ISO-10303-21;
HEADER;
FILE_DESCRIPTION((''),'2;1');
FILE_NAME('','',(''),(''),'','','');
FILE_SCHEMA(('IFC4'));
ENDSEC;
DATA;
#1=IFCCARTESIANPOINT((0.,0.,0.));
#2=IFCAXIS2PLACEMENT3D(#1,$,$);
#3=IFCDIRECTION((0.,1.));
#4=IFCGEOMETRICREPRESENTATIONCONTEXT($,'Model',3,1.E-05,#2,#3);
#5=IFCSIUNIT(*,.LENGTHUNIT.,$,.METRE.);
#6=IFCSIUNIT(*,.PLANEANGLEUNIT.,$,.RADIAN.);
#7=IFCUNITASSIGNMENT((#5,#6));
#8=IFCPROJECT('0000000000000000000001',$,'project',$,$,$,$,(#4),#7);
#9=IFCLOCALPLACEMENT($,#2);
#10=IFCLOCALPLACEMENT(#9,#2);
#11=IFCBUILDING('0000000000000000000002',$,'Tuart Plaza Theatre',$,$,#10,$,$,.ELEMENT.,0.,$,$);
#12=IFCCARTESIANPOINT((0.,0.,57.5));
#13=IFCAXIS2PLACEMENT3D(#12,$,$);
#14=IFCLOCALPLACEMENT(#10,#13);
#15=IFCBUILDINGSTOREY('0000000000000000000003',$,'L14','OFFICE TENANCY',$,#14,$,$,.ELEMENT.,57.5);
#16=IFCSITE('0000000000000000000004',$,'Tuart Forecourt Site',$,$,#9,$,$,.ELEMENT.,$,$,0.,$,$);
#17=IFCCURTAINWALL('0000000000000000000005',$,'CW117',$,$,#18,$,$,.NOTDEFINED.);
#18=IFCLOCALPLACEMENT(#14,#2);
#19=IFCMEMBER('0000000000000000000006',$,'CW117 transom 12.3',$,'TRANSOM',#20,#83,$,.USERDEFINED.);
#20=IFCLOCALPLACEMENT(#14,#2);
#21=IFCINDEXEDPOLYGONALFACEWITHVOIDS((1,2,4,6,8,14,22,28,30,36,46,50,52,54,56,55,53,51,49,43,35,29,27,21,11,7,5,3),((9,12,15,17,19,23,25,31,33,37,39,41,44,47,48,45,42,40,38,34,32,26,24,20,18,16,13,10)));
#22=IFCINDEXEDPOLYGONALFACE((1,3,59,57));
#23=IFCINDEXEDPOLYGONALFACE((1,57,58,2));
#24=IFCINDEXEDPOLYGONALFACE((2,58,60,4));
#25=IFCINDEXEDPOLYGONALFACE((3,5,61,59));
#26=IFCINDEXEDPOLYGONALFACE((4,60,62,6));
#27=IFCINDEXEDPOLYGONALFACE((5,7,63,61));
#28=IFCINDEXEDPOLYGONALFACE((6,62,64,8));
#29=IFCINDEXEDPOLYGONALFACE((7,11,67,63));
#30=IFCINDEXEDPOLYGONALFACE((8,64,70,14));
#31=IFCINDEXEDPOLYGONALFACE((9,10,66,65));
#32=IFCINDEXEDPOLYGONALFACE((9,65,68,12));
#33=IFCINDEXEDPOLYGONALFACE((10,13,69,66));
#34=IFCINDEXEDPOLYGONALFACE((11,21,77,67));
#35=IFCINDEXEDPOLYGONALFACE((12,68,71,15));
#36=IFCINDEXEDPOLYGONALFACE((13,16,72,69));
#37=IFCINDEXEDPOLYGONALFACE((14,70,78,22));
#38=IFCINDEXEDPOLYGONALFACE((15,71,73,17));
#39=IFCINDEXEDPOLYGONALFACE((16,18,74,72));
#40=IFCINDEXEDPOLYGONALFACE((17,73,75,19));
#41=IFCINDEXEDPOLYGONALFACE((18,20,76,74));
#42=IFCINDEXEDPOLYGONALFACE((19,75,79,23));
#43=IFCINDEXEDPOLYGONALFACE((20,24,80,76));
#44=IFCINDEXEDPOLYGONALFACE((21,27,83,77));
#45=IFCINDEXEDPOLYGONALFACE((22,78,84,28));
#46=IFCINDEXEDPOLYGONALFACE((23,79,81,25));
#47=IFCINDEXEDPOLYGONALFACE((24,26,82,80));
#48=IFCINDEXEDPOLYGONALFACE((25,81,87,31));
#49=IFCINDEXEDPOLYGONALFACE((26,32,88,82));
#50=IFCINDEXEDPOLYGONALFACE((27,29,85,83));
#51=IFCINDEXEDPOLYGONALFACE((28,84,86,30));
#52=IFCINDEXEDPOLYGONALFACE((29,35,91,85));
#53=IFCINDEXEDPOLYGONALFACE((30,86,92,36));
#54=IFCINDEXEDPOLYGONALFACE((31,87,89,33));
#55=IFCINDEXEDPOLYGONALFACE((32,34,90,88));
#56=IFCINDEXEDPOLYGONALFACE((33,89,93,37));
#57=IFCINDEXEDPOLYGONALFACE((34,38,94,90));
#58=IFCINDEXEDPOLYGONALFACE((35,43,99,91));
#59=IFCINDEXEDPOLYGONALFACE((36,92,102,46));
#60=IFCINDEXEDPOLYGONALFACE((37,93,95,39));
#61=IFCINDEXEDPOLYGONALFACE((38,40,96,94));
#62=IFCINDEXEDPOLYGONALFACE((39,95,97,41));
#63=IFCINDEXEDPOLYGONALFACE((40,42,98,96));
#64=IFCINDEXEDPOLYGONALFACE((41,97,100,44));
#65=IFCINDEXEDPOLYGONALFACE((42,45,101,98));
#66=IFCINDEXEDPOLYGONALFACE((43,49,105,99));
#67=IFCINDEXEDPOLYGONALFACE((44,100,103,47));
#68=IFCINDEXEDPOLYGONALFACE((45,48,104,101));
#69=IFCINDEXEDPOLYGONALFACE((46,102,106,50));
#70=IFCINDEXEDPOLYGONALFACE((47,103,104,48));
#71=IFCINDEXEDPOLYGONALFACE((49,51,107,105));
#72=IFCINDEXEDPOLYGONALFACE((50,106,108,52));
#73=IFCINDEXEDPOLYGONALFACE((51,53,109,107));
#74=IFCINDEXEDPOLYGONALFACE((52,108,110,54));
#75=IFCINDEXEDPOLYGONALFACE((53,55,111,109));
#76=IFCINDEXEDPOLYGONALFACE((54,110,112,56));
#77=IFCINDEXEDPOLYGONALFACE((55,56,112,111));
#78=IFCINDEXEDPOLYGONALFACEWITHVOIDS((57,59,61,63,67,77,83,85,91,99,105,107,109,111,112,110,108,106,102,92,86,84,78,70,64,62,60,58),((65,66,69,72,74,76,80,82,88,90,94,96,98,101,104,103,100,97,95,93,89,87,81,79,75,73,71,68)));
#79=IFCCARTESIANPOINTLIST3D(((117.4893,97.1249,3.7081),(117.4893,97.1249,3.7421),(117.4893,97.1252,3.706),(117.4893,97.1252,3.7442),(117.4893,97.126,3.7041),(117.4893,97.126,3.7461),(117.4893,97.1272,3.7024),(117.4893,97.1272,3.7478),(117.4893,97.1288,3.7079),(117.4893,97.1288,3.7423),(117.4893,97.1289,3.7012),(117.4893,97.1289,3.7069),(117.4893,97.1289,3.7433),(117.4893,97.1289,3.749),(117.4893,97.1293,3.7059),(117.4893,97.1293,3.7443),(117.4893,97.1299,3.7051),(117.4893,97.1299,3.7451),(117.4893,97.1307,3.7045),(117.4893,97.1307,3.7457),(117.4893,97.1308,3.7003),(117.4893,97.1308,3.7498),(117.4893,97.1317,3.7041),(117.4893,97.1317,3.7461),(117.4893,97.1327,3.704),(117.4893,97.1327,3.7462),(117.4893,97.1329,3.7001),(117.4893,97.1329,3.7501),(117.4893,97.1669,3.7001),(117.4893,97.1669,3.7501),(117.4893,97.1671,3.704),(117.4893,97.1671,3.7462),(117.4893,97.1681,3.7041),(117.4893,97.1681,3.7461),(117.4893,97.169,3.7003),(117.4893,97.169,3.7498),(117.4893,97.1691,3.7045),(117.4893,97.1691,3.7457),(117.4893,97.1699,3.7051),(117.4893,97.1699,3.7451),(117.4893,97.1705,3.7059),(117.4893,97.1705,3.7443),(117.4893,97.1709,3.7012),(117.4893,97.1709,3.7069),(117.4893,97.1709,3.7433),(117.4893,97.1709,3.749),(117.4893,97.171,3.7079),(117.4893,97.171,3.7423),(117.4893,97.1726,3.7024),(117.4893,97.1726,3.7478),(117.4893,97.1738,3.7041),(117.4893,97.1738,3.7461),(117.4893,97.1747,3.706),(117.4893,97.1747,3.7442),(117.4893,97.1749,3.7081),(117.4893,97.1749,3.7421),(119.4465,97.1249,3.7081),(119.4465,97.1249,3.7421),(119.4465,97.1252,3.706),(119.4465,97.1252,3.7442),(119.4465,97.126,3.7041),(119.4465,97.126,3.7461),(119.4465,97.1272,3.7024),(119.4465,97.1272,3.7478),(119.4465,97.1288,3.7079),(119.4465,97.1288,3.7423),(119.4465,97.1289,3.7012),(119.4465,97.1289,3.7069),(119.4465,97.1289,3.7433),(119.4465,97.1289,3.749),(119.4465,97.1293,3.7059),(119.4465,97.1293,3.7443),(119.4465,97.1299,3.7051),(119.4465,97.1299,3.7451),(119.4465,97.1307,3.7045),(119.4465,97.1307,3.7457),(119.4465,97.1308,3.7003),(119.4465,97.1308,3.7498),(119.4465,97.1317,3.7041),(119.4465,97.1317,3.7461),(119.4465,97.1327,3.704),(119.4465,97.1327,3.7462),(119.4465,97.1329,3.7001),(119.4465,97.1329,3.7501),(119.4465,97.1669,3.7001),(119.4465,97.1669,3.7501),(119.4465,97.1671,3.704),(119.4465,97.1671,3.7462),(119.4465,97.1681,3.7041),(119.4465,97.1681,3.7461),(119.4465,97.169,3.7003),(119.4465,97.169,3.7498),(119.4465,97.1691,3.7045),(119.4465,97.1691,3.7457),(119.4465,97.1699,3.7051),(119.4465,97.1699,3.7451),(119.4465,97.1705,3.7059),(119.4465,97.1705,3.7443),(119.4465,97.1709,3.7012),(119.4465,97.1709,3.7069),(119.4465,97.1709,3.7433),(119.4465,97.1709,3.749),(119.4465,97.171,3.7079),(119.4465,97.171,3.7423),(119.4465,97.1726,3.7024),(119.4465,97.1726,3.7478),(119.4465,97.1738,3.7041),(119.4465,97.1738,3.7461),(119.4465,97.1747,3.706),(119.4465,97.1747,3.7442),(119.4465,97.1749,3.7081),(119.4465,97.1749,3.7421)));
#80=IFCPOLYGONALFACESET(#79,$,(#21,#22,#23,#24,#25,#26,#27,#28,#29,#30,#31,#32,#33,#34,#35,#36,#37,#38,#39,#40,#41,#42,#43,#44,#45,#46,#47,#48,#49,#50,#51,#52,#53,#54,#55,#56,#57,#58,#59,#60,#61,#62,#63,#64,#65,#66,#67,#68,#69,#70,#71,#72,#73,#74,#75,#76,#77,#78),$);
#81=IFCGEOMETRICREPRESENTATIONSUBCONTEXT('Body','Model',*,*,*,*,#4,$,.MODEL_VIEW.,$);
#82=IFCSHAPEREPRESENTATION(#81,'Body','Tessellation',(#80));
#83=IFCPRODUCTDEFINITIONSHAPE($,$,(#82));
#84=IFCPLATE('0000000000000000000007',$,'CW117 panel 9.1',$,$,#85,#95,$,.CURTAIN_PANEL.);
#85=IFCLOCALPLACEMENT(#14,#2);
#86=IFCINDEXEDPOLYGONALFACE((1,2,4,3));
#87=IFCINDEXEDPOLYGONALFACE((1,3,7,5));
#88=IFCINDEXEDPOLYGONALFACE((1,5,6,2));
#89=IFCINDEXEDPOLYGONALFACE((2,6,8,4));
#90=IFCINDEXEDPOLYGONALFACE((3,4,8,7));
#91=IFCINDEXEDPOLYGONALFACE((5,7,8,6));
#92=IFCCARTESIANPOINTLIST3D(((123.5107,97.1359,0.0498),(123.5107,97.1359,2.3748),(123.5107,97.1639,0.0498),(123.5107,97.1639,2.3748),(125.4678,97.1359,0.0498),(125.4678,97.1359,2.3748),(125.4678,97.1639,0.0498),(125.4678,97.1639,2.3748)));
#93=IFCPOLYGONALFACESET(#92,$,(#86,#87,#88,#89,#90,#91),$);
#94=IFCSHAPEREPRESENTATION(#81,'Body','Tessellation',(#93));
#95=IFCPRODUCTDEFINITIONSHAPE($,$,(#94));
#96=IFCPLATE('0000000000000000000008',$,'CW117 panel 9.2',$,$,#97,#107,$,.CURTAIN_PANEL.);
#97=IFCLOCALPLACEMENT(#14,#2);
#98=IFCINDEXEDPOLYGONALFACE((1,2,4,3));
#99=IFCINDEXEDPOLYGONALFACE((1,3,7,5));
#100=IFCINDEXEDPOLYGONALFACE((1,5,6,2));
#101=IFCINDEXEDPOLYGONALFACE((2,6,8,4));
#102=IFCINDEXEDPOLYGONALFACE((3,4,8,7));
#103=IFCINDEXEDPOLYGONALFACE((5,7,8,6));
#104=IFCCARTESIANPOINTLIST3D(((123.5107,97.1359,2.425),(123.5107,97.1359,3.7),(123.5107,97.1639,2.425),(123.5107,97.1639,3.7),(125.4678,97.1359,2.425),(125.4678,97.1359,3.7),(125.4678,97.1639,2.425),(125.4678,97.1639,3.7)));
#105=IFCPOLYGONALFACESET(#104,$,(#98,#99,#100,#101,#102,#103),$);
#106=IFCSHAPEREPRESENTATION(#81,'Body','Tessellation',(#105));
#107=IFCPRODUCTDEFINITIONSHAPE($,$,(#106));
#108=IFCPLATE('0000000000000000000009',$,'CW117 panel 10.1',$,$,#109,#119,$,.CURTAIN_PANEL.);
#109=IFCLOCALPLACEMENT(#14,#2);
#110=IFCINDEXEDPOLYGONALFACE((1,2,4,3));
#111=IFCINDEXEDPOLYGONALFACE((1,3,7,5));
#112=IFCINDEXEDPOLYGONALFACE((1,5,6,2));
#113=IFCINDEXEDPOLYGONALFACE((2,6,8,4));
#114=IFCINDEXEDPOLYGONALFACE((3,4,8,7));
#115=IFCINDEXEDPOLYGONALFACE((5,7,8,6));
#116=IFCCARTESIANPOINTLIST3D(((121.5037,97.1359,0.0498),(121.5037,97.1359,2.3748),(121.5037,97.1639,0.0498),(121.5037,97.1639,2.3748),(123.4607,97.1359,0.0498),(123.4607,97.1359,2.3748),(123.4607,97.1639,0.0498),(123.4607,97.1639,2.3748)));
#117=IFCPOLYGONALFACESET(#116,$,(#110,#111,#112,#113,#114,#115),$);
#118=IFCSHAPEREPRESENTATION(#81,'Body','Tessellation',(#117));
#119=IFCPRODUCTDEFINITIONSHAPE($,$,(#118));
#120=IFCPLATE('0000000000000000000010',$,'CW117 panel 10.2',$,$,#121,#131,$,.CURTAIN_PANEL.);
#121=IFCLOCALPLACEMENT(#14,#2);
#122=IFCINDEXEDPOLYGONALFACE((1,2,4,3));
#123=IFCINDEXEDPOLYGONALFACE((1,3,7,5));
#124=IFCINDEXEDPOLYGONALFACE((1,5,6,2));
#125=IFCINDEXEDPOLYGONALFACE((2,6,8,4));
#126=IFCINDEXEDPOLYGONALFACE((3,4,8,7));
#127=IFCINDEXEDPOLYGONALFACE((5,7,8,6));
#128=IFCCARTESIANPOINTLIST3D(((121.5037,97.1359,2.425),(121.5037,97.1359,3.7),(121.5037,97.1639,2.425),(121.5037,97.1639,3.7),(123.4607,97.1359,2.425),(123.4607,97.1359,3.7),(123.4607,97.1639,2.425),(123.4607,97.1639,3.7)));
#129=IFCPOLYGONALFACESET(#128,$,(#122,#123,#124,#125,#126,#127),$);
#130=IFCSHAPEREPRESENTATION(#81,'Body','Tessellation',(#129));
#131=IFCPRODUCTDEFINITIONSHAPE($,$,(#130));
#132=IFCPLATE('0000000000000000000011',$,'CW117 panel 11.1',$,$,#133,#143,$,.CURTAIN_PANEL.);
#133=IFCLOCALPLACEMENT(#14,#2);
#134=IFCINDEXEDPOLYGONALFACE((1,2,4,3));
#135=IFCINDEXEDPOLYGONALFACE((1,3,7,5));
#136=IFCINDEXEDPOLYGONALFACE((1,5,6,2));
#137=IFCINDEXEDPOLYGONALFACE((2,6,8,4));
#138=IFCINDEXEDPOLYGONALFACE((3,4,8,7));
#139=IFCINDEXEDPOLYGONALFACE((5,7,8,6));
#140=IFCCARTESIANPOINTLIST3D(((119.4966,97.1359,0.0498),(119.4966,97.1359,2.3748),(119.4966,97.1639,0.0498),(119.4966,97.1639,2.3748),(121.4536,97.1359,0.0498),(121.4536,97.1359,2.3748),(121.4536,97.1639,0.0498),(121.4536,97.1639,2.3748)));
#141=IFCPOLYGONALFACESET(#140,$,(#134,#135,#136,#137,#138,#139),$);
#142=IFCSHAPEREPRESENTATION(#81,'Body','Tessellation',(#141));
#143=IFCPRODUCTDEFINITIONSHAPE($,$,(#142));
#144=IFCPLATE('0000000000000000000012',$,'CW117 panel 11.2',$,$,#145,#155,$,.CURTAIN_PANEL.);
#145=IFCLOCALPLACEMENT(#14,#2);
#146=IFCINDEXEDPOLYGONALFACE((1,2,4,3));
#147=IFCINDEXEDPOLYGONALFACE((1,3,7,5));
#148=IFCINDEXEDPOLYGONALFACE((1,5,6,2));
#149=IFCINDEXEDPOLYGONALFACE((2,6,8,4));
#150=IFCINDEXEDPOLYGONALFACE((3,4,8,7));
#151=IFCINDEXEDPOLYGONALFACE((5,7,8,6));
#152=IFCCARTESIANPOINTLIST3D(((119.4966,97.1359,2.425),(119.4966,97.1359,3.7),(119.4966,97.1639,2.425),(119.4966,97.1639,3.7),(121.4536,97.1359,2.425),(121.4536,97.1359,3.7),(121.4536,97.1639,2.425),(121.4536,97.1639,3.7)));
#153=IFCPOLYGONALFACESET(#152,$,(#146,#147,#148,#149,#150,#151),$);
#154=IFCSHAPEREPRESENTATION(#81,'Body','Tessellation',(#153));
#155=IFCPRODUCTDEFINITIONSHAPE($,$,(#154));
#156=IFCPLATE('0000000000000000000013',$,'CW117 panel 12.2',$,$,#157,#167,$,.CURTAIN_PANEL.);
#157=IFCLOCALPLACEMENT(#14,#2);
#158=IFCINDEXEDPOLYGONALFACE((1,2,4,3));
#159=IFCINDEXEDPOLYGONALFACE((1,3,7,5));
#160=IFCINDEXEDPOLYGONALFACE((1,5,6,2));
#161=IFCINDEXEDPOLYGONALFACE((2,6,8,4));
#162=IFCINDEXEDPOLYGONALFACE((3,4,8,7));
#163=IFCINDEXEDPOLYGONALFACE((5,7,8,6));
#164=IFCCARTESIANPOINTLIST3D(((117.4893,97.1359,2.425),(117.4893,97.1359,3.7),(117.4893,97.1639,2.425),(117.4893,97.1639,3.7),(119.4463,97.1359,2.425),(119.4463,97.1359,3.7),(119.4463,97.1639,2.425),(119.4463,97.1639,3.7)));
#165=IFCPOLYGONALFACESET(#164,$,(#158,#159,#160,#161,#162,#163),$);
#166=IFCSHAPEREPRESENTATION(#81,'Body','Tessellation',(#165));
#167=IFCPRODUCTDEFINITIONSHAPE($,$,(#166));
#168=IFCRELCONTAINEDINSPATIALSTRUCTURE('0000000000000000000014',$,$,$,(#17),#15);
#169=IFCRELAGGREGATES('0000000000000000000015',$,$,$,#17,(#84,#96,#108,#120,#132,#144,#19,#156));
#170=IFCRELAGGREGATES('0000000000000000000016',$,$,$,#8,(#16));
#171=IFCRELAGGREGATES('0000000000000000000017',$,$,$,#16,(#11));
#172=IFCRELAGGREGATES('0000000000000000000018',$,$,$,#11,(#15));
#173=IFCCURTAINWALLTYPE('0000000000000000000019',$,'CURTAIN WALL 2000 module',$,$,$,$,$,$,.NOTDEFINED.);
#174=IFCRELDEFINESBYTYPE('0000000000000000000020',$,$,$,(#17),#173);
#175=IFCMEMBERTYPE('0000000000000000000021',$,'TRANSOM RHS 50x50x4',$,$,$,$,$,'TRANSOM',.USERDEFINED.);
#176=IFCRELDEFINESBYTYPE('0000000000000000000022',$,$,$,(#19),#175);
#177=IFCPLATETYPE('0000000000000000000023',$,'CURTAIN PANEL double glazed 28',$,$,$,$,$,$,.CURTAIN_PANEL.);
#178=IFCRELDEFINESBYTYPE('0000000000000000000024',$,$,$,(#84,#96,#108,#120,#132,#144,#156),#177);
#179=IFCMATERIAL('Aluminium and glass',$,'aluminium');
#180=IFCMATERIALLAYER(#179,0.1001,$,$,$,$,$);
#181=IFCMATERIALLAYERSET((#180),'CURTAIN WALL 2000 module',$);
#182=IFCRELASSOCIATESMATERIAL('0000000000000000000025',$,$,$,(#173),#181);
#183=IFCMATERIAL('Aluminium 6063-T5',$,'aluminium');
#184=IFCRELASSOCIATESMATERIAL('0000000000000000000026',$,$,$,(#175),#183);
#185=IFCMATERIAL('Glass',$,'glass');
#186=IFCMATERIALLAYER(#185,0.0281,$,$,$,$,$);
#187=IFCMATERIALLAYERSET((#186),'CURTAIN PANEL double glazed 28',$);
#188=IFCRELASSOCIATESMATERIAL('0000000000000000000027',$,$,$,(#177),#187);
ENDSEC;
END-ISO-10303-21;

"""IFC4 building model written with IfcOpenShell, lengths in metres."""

from ifc_helpers import new_model, si_unit, direction, frame, origin, origin_2d, place, context, subcontext, project, spatial, rectangle, hollow_rectangle, extrude, material, layer, layer_set, material_profile, profile_set, type_object, element, aggregate, save


model = new_model("IFC4")

# Units and contexts
model_context = context("Model", 3, precision=1e-05, world=origin(), true_north=direction((0.0, 1.0)))
body_context = subcontext(model_context, "Body", "Model", "MODEL_VIEW")
ifc_project = project(units=[si_unit("LENGTHUNIT", "METRE"), si_unit("PLANEANGLEUNIT", "RADIAN")], contexts=[model_context])

# Site, building, storey
site_placement = place(None, origin())
site = spatial("IfcSite", under=ifc_project, at=site_placement, Name="Tuart Forecourt Site", CompositionType="ELEMENT", RefElevation=0.0)
building_placement = place(site_placement, origin())
building = spatial("IfcBuilding", under=site, at=building_placement, Name="Tuart Plaza Theatre", CompositionType="ELEMENT", ElevationOfRefHeight=0.0)
storey_placement = place(building_placement, frame((0.0, 0.0, 57.5)))
storey = spatial("IfcBuildingStorey", under=building, at=storey_placement, Name="L14", Description="OFFICE TENANCY", CompositionType="ELEMENT", Elevation=57.5)

# Curtain wall, member, plates
ifc_material_1 = material(Name="Aluminium and glass", Category="aluminium")
ifc_layer_1 = layer(ifc_material_1, 0.1001)
ifc_layer_set_1 = layer_set([ifc_layer_1], Name="CURTAIN WALL 2000 module")
curtain_wall_type = type_object("IfcCurtainWallType", Name="CURTAIN WALL 2000 module", PredefinedType="NOTDEFINED", material=ifc_layer_set_1)
curtain_wall_placement = place(storey_placement, origin())
curtain_wall = element("IfcCurtainWall", 1, at=curtain_wall_placement, inside=storey, type_object=curtain_wall_type, Name="CW117", PredefinedType="NOTDEFINED")
ifc_material_2 = material(Name="Aluminium 6063-T5", Category="aluminium")
ifc_material_profile_1 = material_profile(ifc_material_2, hollow_rectangle(XDim=0.05, YDim=0.05, WallThickness=0.0039, InnerFilletRadius=0.0039, OuterFilletRadius=0.0081, at=origin_2d()), Name="RHS 50x50x4")
ifc_profile_set_1 = profile_set([ifc_material_profile_1], Name="Aluminium 6063-T5")
member_type_1 = type_object("IfcMemberType", Name="TRANSOM RHS 50x50x4", ElementType="TRANSOM", PredefinedType="USERDEFINED", material=ifc_profile_set_1)
member_1_placement = place(storey_placement, frame((119.4465, 97.1499, 3.7251), z_axis=(-1.0, 0.0, 0.0), x_axis=(0.0, -1.0, 0.0)))
member_1 = element("IfcMember", 2, at=member_1_placement, type_object=member_type_1, Name="CW117 transom 12.3", ObjectType="TRANSOM", PredefinedType="USERDEFINED", context=body_context, shape_type="SweptSolid", body=[
    extrude(hollow_rectangle(XDim=0.05, YDim=0.05, WallThickness=0.0039, InnerFilletRadius=0.0039, OuterFilletRadius=0.0081, at=origin_2d()), origin(), (0.0, 0.0, 1.0), 1.9573),
])
ifc_material_3 = material(Name="Glass", Category="glass")
ifc_layer_2 = layer(ifc_material_3, 0.0281)
ifc_layer_set_2 = layer_set([ifc_layer_2], Name="CURTAIN PANEL double glazed 28")
plate_type = type_object("IfcPlateType", Name="CURTAIN PANEL double glazed 28", PredefinedType="CURTAIN_PANEL", material=ifc_layer_set_2)
plate_1_placement = place(storey_placement, frame((124.4893, 97.1499, 0.0498), z_axis=(0.0, 0.0, 1.0), x_axis=(-1.0, 0.0, 0.0)))
plate_1 = element("IfcPlate", 3, at=plate_1_placement, type_object=plate_type, Name="CW117 panel 9.1", PredefinedType="CURTAIN_PANEL", context=body_context, shape_type="SweptSolid", body=[
    extrude(rectangle(XDim=1.957, YDim=0.0281, at=origin_2d()), origin(), (0.0, 0.0, 1.0), 2.325),
])
plate_2_placement = place(storey_placement, frame((124.4893, 97.1499, 2.425), z_axis=(0.0, 0.0, 1.0), x_axis=(-1.0, 0.0, 0.0)))
plate_2 = element("IfcPlate", 4, at=plate_2_placement, type_object=plate_type, Name="CW117 panel 9.2", PredefinedType="CURTAIN_PANEL", context=body_context, shape_type="SweptSolid", body=[
    extrude(rectangle(XDim=1.957, YDim=0.0281, at=origin_2d()), origin(), (0.0, 0.0, 1.0), 1.2749),
])
plate_3_placement = place(storey_placement, frame((122.4822, 97.1499, 0.0498), z_axis=(0.0, 0.0, 1.0), x_axis=(-1.0, 0.0, 0.0)))
plate_3 = element("IfcPlate", 5, at=plate_3_placement, type_object=plate_type, Name="CW117 panel 10.1", PredefinedType="CURTAIN_PANEL", context=body_context, shape_type="SweptSolid", body=[
    extrude(rectangle(XDim=1.957, YDim=0.0281, at=origin_2d()), origin(), (0.0, 0.0, 1.0), 2.325),
])
plate_4_placement = place(storey_placement, frame((122.4822, 97.1499, 2.425), z_axis=(0.0, 0.0, 1.0), x_axis=(-1.0, 0.0, 0.0)))
plate_4 = element("IfcPlate", 6, at=plate_4_placement, type_object=plate_type, Name="CW117 panel 10.2", PredefinedType="CURTAIN_PANEL", context=body_context, shape_type="SweptSolid", body=[
    extrude(rectangle(XDim=1.957, YDim=0.0281, at=origin_2d()), origin(), (0.0, 0.0, 1.0), 1.2749),
])
plate_5_placement = place(storey_placement, frame((120.4751, 97.1499, 0.0498), z_axis=(0.0, 0.0, 1.0), x_axis=(-1.0, 0.0, 0.0)))
plate_5 = element("IfcPlate", 7, at=plate_5_placement, type_object=plate_type, Name="CW117 panel 11.1", PredefinedType="CURTAIN_PANEL", context=body_context, shape_type="SweptSolid", body=[
    extrude(rectangle(XDim=1.957, YDim=0.0281, at=origin_2d()), origin(), (0.0, 0.0, 1.0), 2.325),
])
plate_6_placement = place(storey_placement, frame((120.4751, 97.1499, 2.425), z_axis=(0.0, 0.0, 1.0), x_axis=(-1.0, 0.0, 0.0)))
plate_6 = element("IfcPlate", 8, at=plate_6_placement, type_object=plate_type, Name="CW117 panel 11.2", PredefinedType="CURTAIN_PANEL", context=body_context, shape_type="SweptSolid", body=[
    extrude(rectangle(XDim=1.957, YDim=0.0281, at=origin_2d()), origin(), (0.0, 0.0, 1.0), 1.2749),
])
plate_7_placement = place(storey_placement, frame((118.4678, 97.1499, 2.425), z_axis=(0.0, 0.0, 1.0), x_axis=(-1.0, 0.0, 0.0)))
plate_7 = element("IfcPlate", 9, at=plate_7_placement, type_object=plate_type, Name="CW117 panel 12.2", PredefinedType="CURTAIN_PANEL", context=body_context, shape_type="SweptSolid", body=[
    extrude(rectangle(XDim=1.957, YDim=0.0281, at=origin_2d()), origin(), (0.0, 0.0, 1.0), 1.2749),
])
aggregate(curtain_wall, [plate_1, plate_2, plate_3, plate_4, plate_5, plate_6, member_1, plate_7])

save(model, "model.ifc")
